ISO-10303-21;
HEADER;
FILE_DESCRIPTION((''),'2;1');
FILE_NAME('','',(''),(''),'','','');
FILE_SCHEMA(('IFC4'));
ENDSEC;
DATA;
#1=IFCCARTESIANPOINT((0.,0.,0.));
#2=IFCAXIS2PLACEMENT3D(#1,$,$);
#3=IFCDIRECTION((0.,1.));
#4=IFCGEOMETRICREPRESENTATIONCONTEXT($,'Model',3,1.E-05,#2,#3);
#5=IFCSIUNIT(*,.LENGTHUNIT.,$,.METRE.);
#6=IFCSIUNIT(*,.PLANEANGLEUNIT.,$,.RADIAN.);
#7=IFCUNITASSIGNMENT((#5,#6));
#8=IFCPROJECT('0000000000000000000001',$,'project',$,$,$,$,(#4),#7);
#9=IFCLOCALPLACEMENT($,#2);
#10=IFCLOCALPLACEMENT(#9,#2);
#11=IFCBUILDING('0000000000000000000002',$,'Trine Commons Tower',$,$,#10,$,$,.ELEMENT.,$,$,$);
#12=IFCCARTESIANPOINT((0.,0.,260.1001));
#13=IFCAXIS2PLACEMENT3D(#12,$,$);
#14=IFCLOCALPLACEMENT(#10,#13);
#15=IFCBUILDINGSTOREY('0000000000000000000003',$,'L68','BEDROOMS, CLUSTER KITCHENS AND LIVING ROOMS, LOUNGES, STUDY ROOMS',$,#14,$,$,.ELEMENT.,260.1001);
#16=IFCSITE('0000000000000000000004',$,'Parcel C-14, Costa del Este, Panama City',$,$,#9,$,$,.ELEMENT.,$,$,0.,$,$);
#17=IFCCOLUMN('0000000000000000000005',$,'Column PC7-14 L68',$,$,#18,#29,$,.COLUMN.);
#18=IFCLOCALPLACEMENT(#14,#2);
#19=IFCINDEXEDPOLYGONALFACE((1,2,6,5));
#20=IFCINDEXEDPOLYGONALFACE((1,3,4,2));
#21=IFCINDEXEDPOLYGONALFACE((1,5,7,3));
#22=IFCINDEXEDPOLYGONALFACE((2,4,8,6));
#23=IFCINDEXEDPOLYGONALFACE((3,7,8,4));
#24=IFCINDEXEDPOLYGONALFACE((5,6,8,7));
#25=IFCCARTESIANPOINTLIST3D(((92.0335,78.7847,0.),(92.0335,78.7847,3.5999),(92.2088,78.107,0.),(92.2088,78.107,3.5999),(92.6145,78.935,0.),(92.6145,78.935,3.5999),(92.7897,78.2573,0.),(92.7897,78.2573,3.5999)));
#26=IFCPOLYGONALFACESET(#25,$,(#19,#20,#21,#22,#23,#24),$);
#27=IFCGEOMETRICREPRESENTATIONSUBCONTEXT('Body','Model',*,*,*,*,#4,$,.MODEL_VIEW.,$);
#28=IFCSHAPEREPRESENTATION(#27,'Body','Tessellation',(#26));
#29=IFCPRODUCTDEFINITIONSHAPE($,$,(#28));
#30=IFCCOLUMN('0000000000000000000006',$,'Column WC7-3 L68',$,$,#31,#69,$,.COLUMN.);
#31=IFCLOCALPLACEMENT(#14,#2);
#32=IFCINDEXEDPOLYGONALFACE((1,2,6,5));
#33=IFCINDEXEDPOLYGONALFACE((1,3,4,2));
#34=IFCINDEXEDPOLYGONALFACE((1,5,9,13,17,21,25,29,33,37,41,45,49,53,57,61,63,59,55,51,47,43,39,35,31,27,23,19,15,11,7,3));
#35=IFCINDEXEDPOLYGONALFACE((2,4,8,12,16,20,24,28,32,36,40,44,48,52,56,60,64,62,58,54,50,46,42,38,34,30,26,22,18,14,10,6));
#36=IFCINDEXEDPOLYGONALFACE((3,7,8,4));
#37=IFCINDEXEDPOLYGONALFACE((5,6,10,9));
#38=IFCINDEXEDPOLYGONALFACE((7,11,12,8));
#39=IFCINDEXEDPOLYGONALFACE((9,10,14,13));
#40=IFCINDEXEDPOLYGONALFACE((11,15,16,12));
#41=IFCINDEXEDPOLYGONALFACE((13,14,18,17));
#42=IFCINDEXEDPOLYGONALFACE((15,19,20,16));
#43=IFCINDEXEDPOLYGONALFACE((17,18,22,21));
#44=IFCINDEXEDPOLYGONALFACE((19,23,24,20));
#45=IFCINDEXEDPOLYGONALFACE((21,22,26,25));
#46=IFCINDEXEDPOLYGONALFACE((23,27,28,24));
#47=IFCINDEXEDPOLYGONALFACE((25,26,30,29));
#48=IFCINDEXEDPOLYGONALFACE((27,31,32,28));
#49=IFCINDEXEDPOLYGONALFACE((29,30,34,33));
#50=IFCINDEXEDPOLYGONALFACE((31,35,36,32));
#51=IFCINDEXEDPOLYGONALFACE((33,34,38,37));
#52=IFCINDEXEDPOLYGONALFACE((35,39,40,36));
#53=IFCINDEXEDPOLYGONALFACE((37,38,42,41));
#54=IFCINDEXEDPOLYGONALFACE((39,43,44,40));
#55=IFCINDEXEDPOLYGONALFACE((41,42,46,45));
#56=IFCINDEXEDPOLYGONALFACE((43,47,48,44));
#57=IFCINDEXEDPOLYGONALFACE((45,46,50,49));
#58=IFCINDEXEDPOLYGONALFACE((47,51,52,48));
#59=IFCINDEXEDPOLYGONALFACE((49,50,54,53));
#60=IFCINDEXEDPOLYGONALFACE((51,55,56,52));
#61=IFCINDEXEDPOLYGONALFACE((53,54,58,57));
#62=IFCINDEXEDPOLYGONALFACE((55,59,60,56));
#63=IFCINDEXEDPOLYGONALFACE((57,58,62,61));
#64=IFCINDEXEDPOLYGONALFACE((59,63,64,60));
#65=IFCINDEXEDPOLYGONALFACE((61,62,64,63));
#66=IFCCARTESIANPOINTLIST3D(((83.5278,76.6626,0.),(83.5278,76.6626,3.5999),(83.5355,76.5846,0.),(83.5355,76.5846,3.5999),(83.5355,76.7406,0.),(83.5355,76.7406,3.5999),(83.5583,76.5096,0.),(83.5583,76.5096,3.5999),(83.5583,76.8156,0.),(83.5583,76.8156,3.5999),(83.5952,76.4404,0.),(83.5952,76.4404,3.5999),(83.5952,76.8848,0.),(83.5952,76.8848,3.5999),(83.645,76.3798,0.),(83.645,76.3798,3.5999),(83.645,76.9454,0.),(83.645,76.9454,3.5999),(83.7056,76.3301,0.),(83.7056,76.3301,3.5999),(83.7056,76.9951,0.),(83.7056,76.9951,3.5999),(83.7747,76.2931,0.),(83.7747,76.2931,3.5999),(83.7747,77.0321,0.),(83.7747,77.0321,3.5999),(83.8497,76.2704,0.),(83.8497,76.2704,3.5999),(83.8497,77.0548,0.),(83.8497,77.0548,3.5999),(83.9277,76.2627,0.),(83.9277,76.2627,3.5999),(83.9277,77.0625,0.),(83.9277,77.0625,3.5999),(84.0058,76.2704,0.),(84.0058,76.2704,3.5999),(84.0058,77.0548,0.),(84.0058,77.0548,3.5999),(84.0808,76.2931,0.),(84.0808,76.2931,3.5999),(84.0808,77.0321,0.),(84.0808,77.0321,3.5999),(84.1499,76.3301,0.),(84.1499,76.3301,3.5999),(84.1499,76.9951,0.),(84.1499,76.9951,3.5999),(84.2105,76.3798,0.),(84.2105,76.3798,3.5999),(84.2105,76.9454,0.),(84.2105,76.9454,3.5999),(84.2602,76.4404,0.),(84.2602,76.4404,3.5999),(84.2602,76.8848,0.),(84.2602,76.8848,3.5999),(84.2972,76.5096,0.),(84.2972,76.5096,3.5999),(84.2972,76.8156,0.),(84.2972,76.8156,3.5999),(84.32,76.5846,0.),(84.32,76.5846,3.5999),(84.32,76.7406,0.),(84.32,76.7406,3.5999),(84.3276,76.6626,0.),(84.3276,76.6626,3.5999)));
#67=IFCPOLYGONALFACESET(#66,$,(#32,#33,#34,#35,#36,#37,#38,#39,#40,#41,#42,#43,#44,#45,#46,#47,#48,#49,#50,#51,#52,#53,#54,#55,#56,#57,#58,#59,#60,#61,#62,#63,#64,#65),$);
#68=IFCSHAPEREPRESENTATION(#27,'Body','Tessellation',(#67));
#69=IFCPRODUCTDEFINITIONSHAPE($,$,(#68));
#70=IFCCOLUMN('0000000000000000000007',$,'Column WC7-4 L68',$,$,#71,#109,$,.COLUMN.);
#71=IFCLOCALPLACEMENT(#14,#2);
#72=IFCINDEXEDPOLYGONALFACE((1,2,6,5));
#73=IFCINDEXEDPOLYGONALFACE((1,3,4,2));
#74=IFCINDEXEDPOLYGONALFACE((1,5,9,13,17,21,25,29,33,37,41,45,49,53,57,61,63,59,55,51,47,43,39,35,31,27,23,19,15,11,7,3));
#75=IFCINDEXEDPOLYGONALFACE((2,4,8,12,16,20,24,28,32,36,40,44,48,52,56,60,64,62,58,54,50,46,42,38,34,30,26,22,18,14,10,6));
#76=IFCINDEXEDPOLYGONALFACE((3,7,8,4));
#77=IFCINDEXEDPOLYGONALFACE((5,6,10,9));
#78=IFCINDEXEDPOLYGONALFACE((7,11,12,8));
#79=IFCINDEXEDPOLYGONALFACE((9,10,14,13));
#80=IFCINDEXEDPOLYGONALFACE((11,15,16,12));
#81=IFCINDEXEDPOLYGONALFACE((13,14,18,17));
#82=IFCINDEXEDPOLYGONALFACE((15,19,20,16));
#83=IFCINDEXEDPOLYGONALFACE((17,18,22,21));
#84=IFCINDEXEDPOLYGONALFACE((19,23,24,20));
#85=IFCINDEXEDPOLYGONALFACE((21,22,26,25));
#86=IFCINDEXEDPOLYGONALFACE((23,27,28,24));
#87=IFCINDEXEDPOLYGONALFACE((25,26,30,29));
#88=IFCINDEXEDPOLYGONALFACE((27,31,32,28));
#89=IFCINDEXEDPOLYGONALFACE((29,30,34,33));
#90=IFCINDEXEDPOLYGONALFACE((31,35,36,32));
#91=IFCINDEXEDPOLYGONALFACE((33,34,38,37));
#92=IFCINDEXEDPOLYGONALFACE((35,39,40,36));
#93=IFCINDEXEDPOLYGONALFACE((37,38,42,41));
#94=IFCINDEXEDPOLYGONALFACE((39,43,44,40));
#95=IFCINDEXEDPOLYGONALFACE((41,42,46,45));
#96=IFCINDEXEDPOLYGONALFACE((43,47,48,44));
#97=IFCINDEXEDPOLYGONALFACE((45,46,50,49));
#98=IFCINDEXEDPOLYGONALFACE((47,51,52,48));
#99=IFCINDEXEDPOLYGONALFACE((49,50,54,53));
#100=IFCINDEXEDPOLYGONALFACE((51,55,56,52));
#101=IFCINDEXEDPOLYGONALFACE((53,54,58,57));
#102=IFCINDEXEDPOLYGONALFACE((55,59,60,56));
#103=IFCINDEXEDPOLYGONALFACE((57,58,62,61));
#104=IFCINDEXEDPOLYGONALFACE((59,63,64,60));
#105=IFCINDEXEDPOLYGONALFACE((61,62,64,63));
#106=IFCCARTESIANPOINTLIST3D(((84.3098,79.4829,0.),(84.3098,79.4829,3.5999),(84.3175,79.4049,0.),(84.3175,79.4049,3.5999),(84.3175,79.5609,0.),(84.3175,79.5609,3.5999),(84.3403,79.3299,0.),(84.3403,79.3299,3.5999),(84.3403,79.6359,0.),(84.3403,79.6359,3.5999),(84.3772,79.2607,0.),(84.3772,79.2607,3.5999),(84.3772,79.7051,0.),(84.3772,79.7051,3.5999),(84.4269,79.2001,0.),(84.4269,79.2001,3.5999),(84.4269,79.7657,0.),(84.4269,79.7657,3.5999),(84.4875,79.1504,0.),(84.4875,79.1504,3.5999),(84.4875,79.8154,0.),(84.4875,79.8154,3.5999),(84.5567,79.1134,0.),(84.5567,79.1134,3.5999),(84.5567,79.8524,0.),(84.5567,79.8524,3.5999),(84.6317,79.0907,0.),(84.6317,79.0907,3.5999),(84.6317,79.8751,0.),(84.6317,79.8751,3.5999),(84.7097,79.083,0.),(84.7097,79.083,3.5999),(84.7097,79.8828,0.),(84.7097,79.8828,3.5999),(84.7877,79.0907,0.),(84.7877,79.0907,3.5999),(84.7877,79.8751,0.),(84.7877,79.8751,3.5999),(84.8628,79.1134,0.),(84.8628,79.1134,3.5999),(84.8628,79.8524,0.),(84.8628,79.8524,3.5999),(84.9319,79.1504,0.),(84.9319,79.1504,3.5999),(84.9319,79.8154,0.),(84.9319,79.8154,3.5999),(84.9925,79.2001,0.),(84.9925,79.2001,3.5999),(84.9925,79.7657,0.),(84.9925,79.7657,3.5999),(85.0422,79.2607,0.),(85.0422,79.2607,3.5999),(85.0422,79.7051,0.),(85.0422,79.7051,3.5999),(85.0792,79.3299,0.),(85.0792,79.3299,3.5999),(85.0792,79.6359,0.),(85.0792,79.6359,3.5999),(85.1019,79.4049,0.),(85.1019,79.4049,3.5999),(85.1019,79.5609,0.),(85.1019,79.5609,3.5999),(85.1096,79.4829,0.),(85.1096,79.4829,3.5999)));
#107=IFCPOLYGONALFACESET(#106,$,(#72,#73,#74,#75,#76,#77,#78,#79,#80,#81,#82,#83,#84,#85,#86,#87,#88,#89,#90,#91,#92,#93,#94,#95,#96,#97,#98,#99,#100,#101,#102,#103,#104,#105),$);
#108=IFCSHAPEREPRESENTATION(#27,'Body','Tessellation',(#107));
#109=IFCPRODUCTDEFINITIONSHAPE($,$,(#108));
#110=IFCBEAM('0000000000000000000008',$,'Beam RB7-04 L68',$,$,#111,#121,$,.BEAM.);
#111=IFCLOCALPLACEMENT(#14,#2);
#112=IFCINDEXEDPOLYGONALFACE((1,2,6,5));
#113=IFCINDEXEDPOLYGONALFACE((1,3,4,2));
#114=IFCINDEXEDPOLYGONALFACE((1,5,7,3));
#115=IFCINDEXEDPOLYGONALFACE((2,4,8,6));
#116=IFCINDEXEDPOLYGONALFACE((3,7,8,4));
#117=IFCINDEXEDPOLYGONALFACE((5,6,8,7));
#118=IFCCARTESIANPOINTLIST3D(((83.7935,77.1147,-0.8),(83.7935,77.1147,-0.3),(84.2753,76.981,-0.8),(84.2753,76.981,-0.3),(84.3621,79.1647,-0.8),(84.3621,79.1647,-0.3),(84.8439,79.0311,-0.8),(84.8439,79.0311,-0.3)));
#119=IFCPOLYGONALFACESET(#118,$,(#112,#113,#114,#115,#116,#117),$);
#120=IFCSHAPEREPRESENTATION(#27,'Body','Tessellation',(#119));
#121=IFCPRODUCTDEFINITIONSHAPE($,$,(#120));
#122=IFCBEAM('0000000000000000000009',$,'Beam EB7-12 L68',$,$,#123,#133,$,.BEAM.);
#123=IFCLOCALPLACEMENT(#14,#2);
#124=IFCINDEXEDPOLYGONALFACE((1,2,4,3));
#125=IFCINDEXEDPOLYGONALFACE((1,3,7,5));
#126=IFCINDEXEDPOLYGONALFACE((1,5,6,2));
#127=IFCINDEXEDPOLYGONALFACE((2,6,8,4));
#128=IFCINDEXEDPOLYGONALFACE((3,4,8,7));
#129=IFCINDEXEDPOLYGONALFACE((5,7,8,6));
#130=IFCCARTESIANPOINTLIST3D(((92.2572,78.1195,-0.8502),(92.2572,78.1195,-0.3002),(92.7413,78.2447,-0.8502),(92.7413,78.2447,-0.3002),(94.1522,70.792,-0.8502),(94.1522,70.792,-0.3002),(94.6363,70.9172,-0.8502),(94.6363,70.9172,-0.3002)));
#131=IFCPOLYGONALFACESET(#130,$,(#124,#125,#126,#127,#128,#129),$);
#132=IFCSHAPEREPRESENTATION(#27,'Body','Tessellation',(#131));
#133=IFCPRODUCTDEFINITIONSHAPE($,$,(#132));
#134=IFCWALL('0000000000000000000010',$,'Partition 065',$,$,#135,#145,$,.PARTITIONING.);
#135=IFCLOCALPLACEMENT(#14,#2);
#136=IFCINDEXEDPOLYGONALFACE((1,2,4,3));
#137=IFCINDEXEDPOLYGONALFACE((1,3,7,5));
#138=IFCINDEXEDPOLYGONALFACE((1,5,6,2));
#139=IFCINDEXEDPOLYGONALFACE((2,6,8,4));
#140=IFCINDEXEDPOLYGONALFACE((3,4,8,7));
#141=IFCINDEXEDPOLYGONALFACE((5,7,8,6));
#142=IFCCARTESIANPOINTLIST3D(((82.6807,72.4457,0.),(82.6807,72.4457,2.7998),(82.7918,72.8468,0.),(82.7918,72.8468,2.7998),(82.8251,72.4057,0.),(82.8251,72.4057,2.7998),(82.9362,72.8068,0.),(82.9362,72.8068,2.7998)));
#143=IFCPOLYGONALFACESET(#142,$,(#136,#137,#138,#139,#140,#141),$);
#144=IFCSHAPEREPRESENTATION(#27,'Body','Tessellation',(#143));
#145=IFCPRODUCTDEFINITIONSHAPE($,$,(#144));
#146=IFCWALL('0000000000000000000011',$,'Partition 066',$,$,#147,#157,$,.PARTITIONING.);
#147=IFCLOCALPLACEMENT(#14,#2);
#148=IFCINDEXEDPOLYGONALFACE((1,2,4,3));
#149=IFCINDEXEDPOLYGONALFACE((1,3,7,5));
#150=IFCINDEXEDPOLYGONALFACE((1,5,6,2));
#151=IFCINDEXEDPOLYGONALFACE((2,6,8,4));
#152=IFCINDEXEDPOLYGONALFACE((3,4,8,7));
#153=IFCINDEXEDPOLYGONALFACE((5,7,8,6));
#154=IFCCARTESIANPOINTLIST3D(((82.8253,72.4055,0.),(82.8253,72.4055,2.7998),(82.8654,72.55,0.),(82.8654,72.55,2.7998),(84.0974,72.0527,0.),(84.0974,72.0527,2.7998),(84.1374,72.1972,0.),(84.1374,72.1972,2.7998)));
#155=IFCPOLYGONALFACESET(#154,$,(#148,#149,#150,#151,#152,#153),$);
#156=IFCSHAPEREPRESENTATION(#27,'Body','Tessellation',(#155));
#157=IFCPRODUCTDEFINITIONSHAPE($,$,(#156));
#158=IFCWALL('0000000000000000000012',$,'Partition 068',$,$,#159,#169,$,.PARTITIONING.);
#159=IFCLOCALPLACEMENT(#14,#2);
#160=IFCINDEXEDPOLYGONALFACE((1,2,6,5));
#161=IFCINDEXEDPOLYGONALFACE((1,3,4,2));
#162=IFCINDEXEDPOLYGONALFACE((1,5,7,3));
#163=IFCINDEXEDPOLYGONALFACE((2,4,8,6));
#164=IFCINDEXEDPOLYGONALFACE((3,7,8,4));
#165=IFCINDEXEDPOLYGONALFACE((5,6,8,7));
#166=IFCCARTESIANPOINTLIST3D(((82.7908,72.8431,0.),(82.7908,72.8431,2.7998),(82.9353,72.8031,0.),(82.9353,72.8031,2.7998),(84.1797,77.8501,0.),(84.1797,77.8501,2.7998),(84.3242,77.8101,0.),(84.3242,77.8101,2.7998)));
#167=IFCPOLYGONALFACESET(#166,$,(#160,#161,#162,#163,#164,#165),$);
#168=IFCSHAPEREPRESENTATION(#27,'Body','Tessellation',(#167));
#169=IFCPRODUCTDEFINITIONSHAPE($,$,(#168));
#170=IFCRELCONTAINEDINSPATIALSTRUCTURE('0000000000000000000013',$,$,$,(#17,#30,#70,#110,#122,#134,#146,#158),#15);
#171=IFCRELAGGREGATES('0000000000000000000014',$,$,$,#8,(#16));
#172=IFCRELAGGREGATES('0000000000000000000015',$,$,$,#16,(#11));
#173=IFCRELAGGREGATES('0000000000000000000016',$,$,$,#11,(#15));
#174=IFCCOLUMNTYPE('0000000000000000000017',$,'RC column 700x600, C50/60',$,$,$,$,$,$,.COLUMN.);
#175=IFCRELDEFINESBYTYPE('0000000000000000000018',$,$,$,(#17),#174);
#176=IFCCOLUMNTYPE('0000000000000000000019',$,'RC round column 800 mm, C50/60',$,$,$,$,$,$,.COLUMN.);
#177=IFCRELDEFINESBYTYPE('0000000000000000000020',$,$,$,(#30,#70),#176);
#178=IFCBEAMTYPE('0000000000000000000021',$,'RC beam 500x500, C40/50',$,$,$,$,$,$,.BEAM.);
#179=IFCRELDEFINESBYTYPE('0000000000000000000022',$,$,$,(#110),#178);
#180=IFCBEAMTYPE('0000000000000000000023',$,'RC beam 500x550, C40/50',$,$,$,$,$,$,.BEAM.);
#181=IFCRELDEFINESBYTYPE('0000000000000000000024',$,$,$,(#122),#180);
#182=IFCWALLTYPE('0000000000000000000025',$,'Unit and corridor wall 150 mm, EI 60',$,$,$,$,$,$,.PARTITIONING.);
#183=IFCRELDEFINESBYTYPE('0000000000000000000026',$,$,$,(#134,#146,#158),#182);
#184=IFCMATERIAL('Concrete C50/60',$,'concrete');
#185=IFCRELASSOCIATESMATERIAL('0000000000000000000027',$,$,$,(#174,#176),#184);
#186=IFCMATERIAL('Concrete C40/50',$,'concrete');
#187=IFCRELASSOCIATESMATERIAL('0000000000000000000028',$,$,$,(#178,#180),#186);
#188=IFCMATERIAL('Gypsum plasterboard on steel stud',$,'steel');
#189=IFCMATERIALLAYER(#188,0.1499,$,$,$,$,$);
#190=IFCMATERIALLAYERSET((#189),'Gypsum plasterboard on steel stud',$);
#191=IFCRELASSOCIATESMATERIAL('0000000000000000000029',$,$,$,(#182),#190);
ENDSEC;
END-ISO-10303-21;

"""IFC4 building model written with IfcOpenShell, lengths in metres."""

from ifc_helpers import new_model, si_unit, direction, frame, frame_2d, origin, origin_2d, place, context, subcontext, project, spatial, rectangle, circle, extrude, material, layer, layer_set, material_profile, profile_set, type_object, element, save


model = new_model("IFC4")

# Units and contexts
model_context = context("Model", 3, precision=1e-05, world=origin(), true_north=direction((0.0, 1.0)))
body_context = subcontext(model_context, "Body", "Model", "MODEL_VIEW")
ifc_project = project(units=[si_unit("LENGTHUNIT", "METRE"), si_unit("PLANEANGLEUNIT", "RADIAN")], contexts=[model_context])

# Site, building, storey
site_placement = place(None, origin())
site = spatial("IfcSite", under=ifc_project, at=site_placement, Name="Parcel C-14, Costa del Este, Panama City", CompositionType="ELEMENT", RefElevation=0.0)
building_placement = place(site_placement, origin())
building = spatial("IfcBuilding", under=site, at=building_placement, Name="Trine Commons Tower", CompositionType="ELEMENT")
storey_placement = place(building_placement, frame((0.0, 0.0, 260.1001)))
storey = spatial("IfcBuildingStorey", under=building, at=storey_placement, Name="L68", Description="BEDROOMS, CLUSTER KITCHENS AND LIVING ROOMS, LOUNGES, STUDY ROOMS", CompositionType="ELEMENT", Elevation=260.1001)

# Columns
ifc_material_1 = material(Name="Concrete C50/60", Category="concrete")
ifc_material_profile_1 = material_profile(ifc_material_1, rectangle(XDim=0.7, YDim=0.6001, at=origin_2d()), Name="RC 700x600")
ifc_profile_set_1 = profile_set([ifc_material_profile_1], Name="Concrete C50/60")
column_type_1 = type_object("IfcColumnType", Name="RC column 700x600, C50/60", PredefinedType="COLUMN", material=ifc_profile_set_1)
column_placement = place(storey_placement, frame((92.4116, 78.521, 0.0), z_axis=(0.0, 0.0, 1.0), x_axis=(-0.25038, 0.968148, 0.0)))
element("IfcColumn", 1, at=column_placement, inside=storey, type_object=column_type_1, Name="Column PC7-14 L68", PredefinedType="COLUMN", context=body_context, shape_type="SweptSolid", body=[
    extrude(rectangle(XDim=0.7, YDim=0.6001, at=origin_2d()), origin(), (0.0, 0.0, 1.0), 3.5999),
])
ifc_material_profile_2 = material_profile(ifc_material_1, circle(Radius=0.3999, at=origin_2d()), Name="RC round 800")
ifc_profile_set_2 = profile_set([ifc_material_profile_2], Name="Concrete C50/60")
column_type_2 = type_object("IfcColumnType", Name="RC round column 800 mm, C50/60", PredefinedType="COLUMN", material=ifc_profile_set_2)
for number, where, z_axis, x_axis, name in (
    (2, (83.9277, 76.6626, 0.0), (0.0, 0.0, 1.0), (1.0, 0.0, 0.0), "Column WC7-3 L68"),
    (3, (84.7097, 79.4829, 0.0), (0.0, 0.0, 1.0), (1.0, 0.0, 0.0), "Column WC7-4 L68"),
):
    element("IfcColumn", number, at=place(storey_placement, frame(where, z_axis=z_axis, x_axis=x_axis)), inside=storey, type_object=column_type_2, Name=name, PredefinedType="COLUMN", context=body_context, shape_type="SweptSolid", body=[
        extrude(circle(Radius=0.3999, at=origin_2d()), origin(), (0.0, 0.0, 1.0), 3.5999),
    ])

# Beams
ifc_material_2 = material(Name="Concrete C40/50", Category="concrete")
ifc_material_profile_3 = material_profile(ifc_material_2, rectangle(XDim=0.5, YDim=0.5, at=origin_2d()), Name="RC 500x500")
ifc_profile_set_3 = profile_set([ifc_material_profile_3], Name="Concrete C40/50")
beam_type_1 = type_object("IfcBeamType", Name="RC beam 500x500, C40/50", PredefinedType="BEAM", material=ifc_profile_set_3)
beam_1_placement = place(storey_placement, frame((84.0344, 77.0479, -0.55), z_axis=(0.267271, 0.963621, 0.0), x_axis=(-0.963621, 0.267271, 0.0)))
element("IfcBeam", 4, at=beam_1_placement, inside=storey, type_object=beam_type_1, Name="Beam RB7-04 L68", PredefinedType="BEAM", context=body_context, shape_type="SweptSolid", body=[
    extrude(rectangle(XDim=0.5, YDim=0.5, at=origin_2d()), origin(), (0.0, 0.0, 1.0), 2.1274),
])
ifc_material_profile_4 = material_profile(ifc_material_2, rectangle(XDim=0.5, YDim=0.55, at=origin_2d()), Name="RC 500x550")
ifc_profile_set_4 = profile_set([ifc_material_profile_4], Name="Concrete C40/50")
beam_type_2 = type_object("IfcBeamType", Name="RC beam 500x550, C40/50", PredefinedType="BEAM", material=ifc_profile_set_4)
beam_2_placement = place(storey_placement, frame((92.4993, 78.1821, -0.5752), z_axis=(0.250376, -0.968149, 0.0), x_axis=(0.968149, 0.250376, 0.0)))
element("IfcBeam", 5, at=beam_2_placement, inside=storey, type_object=beam_type_2, Name="Beam EB7-12 L68", PredefinedType="BEAM", context=body_context, shape_type="SweptSolid", body=[
    extrude(rectangle(XDim=0.5, YDim=0.55, at=origin_2d()), origin(), (0.0, 0.0, 1.0), 7.5686),
])

# Walls
ifc_material_3 = material(Name="Gypsum plasterboard on steel stud", Category="steel")
ifc_layer_1 = layer(ifc_material_3, 0.1499)
ifc_layer_set_1 = layer_set([ifc_layer_1], Name="Gypsum plasterboard on steel stud")
wall_type_1 = type_object("IfcWallType", Name="Unit and corridor wall 150 mm, EI 60", PredefinedType="PARTITIONING", material=ifc_layer_set_1)
wall_1_placement = place(storey_placement, frame((82.7529, 72.4258, 0.0), z_axis=(0.0, 0.0, 1.0), x_axis=(0.266887, 0.963728, 0.0)))
element("IfcWall", 6, at=wall_1_placement, inside=storey, type_object=wall_type_1, Name="Partition 065", PredefinedType="PARTITIONING", context=body_context, shape_type="SweptSolid", body=[
    extrude(rectangle(XDim=0.4163, YDim=0.1499, at=frame_2d((0.208, 0.0))), origin(), (0.0, 0.0, 1.0), 2.7998),
])
wall_2_placement = place(storey_placement, frame((82.8452, 72.4778, 0.0), z_axis=(0.0, 0.0, 1.0), x_axis=(0.963624, -0.267262, 0.0)))
element("IfcWall", 7, at=wall_2_placement, inside=storey, type_object=wall_type_1, Name="Partition 066", PredefinedType="PARTITIONING", context=body_context, shape_type="SweptSolid", body=[
    extrude(rectangle(XDim=1.3201, YDim=0.1499, at=frame_2d((0.6602, 0.0))), origin(), (0.0, 0.0, 1.0), 2.7998),
])
wall_3_placement = place(storey_placement, frame((82.863, 72.823, 0.0), z_axis=(0.0, 0.0, 1.0), x_axis=(0.267297, 0.963614, 0.0)))
element("IfcWall", 8, at=wall_3_placement, inside=storey, type_object=wall_type_1, Name="Partition 068", PredefinedType="PARTITIONING", context=body_context, shape_type="SweptSolid", body=[
    extrude(rectangle(XDim=5.196, YDim=0.1499, at=frame_2d((2.5981, 0.0))), origin(), (0.0, 0.0, 1.0), 2.7998),
])

save(model, "model.ifc")
